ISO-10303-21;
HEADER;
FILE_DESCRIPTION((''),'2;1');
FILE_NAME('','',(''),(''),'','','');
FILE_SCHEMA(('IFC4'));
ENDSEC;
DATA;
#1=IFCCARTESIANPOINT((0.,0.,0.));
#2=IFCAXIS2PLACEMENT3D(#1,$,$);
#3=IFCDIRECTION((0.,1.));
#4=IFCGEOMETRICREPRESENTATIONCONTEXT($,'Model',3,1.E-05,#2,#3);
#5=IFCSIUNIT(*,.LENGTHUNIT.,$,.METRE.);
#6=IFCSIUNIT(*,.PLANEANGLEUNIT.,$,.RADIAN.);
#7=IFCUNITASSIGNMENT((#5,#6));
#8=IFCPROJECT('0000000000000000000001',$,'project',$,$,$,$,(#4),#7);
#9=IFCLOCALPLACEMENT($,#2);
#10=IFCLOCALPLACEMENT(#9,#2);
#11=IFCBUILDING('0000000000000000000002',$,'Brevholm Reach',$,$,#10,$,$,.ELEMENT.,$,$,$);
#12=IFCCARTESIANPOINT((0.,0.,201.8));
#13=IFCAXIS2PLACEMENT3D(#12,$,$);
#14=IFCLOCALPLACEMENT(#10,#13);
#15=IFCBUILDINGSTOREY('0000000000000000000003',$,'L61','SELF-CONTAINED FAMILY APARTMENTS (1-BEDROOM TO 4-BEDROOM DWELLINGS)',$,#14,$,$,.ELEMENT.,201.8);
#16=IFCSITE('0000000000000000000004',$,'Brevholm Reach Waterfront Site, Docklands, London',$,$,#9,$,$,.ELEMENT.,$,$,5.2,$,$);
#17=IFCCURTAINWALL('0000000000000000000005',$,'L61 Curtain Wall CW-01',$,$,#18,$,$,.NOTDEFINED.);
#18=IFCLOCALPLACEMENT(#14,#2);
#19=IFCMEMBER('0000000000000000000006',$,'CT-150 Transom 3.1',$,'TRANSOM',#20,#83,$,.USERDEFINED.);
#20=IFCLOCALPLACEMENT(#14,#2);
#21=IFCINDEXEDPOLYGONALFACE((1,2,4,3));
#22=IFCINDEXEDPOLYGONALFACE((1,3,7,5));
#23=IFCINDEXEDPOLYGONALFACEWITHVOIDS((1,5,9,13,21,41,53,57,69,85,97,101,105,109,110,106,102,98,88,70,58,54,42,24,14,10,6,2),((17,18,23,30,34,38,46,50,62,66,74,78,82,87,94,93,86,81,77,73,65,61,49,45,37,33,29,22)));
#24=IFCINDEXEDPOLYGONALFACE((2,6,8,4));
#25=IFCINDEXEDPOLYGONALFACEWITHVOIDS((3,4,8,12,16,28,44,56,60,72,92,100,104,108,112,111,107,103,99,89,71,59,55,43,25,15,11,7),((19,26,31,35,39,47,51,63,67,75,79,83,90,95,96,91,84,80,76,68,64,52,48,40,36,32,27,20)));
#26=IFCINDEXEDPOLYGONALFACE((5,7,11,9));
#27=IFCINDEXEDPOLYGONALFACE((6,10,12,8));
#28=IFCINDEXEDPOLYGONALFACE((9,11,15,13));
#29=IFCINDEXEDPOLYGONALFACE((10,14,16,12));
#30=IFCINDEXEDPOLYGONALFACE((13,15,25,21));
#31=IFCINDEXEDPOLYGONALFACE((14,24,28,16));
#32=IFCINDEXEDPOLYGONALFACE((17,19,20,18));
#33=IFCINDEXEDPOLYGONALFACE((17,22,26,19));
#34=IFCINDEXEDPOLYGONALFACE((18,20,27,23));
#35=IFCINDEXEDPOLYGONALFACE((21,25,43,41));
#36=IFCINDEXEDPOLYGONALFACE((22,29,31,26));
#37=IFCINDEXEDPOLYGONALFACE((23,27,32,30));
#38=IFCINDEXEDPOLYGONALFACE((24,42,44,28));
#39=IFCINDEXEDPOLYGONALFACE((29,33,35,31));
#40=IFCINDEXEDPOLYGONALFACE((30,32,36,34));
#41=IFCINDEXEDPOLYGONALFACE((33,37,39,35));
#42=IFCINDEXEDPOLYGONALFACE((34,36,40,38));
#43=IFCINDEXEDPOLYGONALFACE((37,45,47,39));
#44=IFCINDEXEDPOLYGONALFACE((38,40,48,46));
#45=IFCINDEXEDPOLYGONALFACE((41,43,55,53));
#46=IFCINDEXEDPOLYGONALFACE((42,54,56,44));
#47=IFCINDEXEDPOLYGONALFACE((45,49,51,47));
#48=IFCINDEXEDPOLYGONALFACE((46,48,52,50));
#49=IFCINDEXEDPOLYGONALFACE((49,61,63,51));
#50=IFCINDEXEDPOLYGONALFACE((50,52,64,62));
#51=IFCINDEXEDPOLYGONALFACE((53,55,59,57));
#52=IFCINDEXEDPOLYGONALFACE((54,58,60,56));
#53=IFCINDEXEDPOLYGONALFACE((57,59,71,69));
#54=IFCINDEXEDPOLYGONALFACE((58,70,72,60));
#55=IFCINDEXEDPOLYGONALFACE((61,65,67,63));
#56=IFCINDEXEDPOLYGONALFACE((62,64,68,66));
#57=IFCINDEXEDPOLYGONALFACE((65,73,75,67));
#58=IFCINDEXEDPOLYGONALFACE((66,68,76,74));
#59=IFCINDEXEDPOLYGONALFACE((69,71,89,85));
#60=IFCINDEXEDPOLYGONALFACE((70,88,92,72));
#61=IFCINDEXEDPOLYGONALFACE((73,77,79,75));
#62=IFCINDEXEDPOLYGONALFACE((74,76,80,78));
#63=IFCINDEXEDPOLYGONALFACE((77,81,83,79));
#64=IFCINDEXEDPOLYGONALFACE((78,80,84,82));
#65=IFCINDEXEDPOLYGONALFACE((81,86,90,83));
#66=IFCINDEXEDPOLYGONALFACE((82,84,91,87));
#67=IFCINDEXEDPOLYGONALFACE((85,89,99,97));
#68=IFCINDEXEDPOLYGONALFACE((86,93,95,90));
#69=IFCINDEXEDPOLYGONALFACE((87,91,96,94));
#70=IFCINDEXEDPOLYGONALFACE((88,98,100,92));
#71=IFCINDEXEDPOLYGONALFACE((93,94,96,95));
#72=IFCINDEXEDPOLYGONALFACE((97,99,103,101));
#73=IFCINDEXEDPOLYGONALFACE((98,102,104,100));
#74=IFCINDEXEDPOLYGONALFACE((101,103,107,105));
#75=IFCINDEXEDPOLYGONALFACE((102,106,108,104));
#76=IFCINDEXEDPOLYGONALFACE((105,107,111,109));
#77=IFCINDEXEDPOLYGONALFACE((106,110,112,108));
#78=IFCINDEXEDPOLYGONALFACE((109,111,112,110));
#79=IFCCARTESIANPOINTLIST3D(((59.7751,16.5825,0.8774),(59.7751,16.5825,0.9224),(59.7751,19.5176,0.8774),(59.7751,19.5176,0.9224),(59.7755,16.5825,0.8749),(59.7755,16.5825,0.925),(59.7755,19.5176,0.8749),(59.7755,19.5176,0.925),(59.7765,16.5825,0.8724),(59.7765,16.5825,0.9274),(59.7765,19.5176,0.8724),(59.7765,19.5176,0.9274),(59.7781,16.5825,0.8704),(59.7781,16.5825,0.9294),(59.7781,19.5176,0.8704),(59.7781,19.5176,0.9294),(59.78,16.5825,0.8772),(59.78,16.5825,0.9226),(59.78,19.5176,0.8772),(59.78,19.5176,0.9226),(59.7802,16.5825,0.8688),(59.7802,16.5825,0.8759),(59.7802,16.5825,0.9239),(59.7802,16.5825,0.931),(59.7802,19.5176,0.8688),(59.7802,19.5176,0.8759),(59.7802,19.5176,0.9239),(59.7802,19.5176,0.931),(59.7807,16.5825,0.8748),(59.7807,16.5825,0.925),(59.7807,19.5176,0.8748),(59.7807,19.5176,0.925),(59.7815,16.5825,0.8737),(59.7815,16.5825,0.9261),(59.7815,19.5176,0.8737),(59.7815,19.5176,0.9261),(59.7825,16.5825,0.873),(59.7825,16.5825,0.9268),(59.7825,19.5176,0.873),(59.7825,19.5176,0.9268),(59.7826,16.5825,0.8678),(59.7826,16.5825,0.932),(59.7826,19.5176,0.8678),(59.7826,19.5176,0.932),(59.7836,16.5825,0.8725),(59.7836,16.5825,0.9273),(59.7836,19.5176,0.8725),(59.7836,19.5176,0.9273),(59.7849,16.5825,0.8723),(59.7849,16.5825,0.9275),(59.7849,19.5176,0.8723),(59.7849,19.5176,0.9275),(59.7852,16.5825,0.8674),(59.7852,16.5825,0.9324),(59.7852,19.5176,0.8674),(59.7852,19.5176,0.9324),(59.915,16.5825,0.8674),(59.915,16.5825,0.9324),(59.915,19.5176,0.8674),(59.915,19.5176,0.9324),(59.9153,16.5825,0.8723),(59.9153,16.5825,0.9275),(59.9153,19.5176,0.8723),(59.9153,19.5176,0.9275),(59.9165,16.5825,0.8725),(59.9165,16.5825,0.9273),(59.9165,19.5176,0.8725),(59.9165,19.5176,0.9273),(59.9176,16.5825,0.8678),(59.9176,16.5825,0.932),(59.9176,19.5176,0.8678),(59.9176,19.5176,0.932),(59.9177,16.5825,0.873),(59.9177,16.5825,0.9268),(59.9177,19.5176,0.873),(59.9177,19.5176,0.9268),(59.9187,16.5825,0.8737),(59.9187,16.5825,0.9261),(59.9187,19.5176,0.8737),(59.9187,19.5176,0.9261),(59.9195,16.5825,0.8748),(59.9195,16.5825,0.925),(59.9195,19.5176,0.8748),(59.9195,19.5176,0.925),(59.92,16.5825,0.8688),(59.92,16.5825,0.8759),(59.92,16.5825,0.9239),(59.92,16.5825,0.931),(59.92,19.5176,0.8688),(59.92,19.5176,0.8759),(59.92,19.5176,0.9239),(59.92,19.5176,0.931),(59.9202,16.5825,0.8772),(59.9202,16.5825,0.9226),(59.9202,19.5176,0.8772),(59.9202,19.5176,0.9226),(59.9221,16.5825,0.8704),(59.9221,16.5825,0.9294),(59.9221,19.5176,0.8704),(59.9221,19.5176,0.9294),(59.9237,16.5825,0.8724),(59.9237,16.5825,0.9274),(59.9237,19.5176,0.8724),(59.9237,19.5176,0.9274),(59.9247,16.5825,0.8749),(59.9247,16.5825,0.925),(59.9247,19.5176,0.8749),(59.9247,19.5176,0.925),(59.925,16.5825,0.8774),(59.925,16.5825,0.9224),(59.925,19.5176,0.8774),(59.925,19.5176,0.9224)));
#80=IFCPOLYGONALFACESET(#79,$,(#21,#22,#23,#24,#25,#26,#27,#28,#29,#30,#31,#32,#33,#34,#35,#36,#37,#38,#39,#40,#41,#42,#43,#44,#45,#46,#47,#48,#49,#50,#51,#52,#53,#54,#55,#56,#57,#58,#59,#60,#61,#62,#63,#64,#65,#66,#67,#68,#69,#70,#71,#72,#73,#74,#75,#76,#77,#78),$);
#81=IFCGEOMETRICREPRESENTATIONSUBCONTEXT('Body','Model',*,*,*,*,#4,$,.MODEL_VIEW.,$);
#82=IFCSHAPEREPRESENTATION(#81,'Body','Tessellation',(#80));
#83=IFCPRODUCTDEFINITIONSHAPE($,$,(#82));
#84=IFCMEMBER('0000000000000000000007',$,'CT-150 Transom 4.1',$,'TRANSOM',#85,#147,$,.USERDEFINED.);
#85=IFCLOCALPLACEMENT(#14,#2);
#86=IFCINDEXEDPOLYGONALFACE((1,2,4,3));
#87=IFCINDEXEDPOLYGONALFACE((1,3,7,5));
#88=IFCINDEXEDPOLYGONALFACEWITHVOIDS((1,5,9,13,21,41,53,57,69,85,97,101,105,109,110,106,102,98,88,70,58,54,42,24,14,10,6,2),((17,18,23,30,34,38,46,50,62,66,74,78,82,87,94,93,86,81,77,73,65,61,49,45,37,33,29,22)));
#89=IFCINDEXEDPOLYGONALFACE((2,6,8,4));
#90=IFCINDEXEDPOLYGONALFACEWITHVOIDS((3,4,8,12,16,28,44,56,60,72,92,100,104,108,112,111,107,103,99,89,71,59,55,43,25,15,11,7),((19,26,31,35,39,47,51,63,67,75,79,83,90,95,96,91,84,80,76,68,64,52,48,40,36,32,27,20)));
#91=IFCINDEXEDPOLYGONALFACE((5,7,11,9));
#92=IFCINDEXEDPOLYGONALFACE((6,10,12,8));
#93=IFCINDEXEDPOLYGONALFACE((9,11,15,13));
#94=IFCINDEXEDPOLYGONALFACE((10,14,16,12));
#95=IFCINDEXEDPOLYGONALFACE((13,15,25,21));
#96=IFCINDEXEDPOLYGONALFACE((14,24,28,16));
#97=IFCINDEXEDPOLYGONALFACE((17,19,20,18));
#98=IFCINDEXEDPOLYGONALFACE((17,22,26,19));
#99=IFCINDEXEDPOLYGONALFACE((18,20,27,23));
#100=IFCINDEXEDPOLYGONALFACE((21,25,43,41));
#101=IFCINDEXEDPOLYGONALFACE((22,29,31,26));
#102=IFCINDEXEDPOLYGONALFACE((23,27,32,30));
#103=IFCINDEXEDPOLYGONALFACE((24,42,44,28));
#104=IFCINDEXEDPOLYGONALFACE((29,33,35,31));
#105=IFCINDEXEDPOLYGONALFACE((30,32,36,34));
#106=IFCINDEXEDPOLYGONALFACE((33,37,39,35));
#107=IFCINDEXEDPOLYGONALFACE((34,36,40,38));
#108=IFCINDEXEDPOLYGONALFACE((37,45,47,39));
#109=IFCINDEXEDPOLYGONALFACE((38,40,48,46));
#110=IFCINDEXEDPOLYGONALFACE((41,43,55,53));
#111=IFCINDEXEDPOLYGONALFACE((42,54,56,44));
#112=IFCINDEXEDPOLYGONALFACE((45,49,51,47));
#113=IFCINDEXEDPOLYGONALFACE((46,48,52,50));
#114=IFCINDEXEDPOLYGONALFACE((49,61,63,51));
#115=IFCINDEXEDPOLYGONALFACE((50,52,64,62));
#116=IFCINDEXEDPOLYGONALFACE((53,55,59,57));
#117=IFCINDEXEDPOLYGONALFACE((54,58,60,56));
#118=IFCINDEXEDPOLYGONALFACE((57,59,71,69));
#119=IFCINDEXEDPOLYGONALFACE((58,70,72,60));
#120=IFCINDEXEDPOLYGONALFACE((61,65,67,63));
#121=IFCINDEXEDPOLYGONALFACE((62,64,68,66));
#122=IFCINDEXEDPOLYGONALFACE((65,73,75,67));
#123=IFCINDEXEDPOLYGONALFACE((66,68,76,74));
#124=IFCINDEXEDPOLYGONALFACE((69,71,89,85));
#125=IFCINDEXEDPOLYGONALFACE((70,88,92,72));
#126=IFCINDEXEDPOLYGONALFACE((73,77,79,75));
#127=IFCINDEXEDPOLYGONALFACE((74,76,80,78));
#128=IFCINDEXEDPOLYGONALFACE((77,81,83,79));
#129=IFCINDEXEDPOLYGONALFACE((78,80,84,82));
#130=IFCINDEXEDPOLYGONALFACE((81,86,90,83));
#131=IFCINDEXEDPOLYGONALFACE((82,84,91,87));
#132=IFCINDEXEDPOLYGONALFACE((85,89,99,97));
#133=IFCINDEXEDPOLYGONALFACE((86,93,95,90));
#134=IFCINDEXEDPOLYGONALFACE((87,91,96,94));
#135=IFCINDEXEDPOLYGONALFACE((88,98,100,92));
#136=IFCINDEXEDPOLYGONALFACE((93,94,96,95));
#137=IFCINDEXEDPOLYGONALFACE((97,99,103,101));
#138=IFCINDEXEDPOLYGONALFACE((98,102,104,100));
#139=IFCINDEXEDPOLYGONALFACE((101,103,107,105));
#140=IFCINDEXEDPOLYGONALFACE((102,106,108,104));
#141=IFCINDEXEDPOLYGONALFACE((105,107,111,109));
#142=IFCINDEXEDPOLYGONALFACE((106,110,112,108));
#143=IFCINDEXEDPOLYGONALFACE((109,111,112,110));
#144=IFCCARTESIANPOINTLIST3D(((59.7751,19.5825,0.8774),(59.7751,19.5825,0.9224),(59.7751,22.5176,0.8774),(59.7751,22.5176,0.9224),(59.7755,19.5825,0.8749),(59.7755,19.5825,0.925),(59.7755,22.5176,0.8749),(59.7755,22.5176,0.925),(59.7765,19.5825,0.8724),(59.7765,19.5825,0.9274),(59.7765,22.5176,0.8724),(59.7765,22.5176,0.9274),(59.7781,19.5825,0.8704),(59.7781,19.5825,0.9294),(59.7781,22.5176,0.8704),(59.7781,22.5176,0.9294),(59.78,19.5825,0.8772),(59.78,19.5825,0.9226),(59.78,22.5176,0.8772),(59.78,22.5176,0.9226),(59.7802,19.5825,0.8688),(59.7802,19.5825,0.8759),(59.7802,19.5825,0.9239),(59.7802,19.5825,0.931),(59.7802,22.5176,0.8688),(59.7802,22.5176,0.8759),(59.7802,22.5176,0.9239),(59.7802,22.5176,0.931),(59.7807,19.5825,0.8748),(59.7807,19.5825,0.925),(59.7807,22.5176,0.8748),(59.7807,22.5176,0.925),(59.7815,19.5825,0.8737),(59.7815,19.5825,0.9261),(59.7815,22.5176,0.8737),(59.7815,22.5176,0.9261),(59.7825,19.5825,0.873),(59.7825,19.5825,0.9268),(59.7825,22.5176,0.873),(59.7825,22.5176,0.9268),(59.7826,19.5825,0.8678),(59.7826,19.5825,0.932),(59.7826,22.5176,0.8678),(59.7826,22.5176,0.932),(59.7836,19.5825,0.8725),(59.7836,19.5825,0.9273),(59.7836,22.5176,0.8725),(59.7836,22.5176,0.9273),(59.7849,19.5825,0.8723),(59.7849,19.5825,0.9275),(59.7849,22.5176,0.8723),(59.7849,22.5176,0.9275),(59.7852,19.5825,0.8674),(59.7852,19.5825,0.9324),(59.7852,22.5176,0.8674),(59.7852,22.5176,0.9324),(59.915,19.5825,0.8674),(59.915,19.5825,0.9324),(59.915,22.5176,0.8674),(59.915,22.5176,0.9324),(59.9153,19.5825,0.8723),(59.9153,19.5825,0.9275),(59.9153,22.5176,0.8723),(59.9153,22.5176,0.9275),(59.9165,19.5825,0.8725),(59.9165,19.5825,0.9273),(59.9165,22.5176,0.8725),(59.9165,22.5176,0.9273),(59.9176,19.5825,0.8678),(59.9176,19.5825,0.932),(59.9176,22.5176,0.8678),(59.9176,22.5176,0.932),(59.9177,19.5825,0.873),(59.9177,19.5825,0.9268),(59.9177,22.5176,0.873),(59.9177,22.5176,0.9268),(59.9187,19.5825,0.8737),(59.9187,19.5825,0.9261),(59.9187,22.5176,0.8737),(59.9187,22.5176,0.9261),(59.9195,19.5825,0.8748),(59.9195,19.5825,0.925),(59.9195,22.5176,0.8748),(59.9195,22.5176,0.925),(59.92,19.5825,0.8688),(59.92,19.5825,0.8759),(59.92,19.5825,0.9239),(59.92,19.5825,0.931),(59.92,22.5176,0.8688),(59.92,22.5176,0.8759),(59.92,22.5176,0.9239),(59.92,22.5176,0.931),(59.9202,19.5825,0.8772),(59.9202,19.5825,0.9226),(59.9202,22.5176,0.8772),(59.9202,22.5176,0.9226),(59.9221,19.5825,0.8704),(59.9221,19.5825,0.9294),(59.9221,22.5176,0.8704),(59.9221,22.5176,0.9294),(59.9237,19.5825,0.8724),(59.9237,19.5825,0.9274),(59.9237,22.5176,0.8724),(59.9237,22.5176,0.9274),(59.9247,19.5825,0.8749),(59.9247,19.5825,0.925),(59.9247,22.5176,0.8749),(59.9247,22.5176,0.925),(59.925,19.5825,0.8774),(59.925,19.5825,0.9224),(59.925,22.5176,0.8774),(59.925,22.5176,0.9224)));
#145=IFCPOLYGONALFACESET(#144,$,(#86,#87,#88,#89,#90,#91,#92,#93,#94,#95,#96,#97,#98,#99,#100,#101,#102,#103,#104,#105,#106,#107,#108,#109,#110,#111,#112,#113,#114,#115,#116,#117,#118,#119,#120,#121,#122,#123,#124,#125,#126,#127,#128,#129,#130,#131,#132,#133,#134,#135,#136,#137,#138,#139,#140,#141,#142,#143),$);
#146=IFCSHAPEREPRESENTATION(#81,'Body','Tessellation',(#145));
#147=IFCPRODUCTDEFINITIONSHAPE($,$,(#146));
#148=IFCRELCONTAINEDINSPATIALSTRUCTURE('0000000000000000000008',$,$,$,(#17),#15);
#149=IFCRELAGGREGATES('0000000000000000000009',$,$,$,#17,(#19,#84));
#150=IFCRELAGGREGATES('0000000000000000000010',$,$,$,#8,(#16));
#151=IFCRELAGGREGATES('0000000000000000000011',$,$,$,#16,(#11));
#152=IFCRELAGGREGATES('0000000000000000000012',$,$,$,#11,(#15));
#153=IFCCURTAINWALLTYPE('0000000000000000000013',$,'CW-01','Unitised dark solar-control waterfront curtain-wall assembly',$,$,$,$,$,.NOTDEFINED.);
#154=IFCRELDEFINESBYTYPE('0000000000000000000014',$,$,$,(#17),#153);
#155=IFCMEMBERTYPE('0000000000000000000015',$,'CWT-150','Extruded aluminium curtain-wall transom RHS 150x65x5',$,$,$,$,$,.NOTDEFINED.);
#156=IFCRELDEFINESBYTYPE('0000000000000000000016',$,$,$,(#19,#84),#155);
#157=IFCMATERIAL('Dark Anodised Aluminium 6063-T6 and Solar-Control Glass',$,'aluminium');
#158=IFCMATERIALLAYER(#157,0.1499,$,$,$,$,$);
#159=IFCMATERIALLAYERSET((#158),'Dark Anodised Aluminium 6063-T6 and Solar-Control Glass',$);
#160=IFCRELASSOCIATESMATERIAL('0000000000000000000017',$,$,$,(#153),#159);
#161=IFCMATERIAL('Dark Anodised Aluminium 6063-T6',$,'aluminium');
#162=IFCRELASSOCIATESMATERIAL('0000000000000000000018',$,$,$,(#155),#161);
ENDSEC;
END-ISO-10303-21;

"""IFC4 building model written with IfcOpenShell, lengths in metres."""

from ifc_helpers import new_model, si_unit, direction, frame, origin, origin_2d, place, context, subcontext, project, spatial, hollow_rectangle, extrude, material, layer, layer_set, material_profile, profile_set, type_object, element, aggregate, save


model = new_model("IFC4")

# Units and contexts
model_context = context("Model", 3, precision=1e-05, world=origin(), true_north=direction((0.0, 1.0)))
body_context = subcontext(model_context, "Body", "Model", "MODEL_VIEW")
ifc_project = project(units=[si_unit("LENGTHUNIT", "METRE"), si_unit("PLANEANGLEUNIT", "RADIAN")], contexts=[model_context])

# Site, building, storey
site_placement = place(None, origin())
site = spatial("IfcSite", under=ifc_project, at=site_placement, Name="Brevholm Reach Waterfront Site, Docklands, London", CompositionType="ELEMENT", RefElevation=5.2)
building_placement = place(site_placement, origin())
building = spatial("IfcBuilding", under=site, at=building_placement, Name="Brevholm Reach", CompositionType="ELEMENT")
storey_placement = place(building_placement, frame((0.0, 0.0, 201.8)))
storey = spatial("IfcBuildingStorey", under=building, at=storey_placement, Name="L61", Description="SELF-CONTAINED FAMILY APARTMENTS (1-BEDROOM TO 4-BEDROOM DWELLINGS)", CompositionType="ELEMENT", Elevation=201.8)

# Curtain wall, members
ifc_material_1 = material(Name="Dark Anodised Aluminium 6063-T6 and Solar-Control Glass", Category="aluminium")
ifc_layer_1 = layer(ifc_material_1, 0.1499)
ifc_layer_set_1 = layer_set([ifc_layer_1], Name="Dark Anodised Aluminium 6063-T6 and Solar-Control Glass")
curtain_wall_type = type_object("IfcCurtainWallType", Name="CW-01", Description="Unitised dark solar-control waterfront curtain-wall assembly", PredefinedType="NOTDEFINED", material=ifc_layer_set_1)
curtain_wall_placement = place(storey_placement, origin())
curtain_wall = element("IfcCurtainWall", 1, at=curtain_wall_placement, inside=storey, type_object=curtain_wall_type, Name="L61 Curtain Wall CW-01", PredefinedType="NOTDEFINED")
ifc_material_2 = material(Name="Dark Anodised Aluminium 6063-T6", Category="aluminium")
ifc_material_profile_1 = material_profile(ifc_material_2, hollow_rectangle(XDim=0.0649, YDim=0.1499, WallThickness=0.0049, InnerFilletRadius=0.0049, OuterFilletRadius=0.01, at=origin_2d()), Name="RHS 150x65x5")
ifc_profile_set_1 = profile_set([ifc_material_profile_1], Name="Dark Anodised Aluminium 6063-T6")
member_type_1 = type_object("IfcMemberType", Name="CWT-150", Description="Extruded aluminium curtain-wall transom RHS 150x65x5", PredefinedType="NOTDEFINED", material=ifc_profile_set_1)
member_1_placement = place(storey_placement, frame((59.8501, 16.5825, 0.8999), z_axis=(0.0, 1.0, 0.0), x_axis=(0.0, 0.0, 1.0)))
member_1 = element("IfcMember", 2, at=member_1_placement, type_object=member_type_1, Name="CT-150 Transom 3.1", ObjectType="TRANSOM", PredefinedType="USERDEFINED", context=body_context, shape_type="SweptSolid", body=[
    extrude(hollow_rectangle(XDim=0.0649, YDim=0.1499, WallThickness=0.0049, InnerFilletRadius=0.0049, OuterFilletRadius=0.01, at=origin_2d()), origin(), (0.0, 0.0, 1.0), 2.9351),
])
member_2_placement = place(storey_placement, frame((59.8501, 19.5825, 0.8999), z_axis=(0.0, 1.0, 0.0), x_axis=(0.0, 0.0, 1.0)))
member_2 = element("IfcMember", 3, at=member_2_placement, type_object=member_type_1, Name="CT-150 Transom 4.1", ObjectType="TRANSOM", PredefinedType="USERDEFINED", context=body_context, shape_type="SweptSolid", body=[
    extrude(hollow_rectangle(XDim=0.0649, YDim=0.1499, WallThickness=0.0049, InnerFilletRadius=0.0049, OuterFilletRadius=0.01, at=origin_2d()), origin(), (0.0, 0.0, 1.0), 2.9351),
])
aggregate(curtain_wall, [member_1, member_2])

save(model, "model.ifc")
